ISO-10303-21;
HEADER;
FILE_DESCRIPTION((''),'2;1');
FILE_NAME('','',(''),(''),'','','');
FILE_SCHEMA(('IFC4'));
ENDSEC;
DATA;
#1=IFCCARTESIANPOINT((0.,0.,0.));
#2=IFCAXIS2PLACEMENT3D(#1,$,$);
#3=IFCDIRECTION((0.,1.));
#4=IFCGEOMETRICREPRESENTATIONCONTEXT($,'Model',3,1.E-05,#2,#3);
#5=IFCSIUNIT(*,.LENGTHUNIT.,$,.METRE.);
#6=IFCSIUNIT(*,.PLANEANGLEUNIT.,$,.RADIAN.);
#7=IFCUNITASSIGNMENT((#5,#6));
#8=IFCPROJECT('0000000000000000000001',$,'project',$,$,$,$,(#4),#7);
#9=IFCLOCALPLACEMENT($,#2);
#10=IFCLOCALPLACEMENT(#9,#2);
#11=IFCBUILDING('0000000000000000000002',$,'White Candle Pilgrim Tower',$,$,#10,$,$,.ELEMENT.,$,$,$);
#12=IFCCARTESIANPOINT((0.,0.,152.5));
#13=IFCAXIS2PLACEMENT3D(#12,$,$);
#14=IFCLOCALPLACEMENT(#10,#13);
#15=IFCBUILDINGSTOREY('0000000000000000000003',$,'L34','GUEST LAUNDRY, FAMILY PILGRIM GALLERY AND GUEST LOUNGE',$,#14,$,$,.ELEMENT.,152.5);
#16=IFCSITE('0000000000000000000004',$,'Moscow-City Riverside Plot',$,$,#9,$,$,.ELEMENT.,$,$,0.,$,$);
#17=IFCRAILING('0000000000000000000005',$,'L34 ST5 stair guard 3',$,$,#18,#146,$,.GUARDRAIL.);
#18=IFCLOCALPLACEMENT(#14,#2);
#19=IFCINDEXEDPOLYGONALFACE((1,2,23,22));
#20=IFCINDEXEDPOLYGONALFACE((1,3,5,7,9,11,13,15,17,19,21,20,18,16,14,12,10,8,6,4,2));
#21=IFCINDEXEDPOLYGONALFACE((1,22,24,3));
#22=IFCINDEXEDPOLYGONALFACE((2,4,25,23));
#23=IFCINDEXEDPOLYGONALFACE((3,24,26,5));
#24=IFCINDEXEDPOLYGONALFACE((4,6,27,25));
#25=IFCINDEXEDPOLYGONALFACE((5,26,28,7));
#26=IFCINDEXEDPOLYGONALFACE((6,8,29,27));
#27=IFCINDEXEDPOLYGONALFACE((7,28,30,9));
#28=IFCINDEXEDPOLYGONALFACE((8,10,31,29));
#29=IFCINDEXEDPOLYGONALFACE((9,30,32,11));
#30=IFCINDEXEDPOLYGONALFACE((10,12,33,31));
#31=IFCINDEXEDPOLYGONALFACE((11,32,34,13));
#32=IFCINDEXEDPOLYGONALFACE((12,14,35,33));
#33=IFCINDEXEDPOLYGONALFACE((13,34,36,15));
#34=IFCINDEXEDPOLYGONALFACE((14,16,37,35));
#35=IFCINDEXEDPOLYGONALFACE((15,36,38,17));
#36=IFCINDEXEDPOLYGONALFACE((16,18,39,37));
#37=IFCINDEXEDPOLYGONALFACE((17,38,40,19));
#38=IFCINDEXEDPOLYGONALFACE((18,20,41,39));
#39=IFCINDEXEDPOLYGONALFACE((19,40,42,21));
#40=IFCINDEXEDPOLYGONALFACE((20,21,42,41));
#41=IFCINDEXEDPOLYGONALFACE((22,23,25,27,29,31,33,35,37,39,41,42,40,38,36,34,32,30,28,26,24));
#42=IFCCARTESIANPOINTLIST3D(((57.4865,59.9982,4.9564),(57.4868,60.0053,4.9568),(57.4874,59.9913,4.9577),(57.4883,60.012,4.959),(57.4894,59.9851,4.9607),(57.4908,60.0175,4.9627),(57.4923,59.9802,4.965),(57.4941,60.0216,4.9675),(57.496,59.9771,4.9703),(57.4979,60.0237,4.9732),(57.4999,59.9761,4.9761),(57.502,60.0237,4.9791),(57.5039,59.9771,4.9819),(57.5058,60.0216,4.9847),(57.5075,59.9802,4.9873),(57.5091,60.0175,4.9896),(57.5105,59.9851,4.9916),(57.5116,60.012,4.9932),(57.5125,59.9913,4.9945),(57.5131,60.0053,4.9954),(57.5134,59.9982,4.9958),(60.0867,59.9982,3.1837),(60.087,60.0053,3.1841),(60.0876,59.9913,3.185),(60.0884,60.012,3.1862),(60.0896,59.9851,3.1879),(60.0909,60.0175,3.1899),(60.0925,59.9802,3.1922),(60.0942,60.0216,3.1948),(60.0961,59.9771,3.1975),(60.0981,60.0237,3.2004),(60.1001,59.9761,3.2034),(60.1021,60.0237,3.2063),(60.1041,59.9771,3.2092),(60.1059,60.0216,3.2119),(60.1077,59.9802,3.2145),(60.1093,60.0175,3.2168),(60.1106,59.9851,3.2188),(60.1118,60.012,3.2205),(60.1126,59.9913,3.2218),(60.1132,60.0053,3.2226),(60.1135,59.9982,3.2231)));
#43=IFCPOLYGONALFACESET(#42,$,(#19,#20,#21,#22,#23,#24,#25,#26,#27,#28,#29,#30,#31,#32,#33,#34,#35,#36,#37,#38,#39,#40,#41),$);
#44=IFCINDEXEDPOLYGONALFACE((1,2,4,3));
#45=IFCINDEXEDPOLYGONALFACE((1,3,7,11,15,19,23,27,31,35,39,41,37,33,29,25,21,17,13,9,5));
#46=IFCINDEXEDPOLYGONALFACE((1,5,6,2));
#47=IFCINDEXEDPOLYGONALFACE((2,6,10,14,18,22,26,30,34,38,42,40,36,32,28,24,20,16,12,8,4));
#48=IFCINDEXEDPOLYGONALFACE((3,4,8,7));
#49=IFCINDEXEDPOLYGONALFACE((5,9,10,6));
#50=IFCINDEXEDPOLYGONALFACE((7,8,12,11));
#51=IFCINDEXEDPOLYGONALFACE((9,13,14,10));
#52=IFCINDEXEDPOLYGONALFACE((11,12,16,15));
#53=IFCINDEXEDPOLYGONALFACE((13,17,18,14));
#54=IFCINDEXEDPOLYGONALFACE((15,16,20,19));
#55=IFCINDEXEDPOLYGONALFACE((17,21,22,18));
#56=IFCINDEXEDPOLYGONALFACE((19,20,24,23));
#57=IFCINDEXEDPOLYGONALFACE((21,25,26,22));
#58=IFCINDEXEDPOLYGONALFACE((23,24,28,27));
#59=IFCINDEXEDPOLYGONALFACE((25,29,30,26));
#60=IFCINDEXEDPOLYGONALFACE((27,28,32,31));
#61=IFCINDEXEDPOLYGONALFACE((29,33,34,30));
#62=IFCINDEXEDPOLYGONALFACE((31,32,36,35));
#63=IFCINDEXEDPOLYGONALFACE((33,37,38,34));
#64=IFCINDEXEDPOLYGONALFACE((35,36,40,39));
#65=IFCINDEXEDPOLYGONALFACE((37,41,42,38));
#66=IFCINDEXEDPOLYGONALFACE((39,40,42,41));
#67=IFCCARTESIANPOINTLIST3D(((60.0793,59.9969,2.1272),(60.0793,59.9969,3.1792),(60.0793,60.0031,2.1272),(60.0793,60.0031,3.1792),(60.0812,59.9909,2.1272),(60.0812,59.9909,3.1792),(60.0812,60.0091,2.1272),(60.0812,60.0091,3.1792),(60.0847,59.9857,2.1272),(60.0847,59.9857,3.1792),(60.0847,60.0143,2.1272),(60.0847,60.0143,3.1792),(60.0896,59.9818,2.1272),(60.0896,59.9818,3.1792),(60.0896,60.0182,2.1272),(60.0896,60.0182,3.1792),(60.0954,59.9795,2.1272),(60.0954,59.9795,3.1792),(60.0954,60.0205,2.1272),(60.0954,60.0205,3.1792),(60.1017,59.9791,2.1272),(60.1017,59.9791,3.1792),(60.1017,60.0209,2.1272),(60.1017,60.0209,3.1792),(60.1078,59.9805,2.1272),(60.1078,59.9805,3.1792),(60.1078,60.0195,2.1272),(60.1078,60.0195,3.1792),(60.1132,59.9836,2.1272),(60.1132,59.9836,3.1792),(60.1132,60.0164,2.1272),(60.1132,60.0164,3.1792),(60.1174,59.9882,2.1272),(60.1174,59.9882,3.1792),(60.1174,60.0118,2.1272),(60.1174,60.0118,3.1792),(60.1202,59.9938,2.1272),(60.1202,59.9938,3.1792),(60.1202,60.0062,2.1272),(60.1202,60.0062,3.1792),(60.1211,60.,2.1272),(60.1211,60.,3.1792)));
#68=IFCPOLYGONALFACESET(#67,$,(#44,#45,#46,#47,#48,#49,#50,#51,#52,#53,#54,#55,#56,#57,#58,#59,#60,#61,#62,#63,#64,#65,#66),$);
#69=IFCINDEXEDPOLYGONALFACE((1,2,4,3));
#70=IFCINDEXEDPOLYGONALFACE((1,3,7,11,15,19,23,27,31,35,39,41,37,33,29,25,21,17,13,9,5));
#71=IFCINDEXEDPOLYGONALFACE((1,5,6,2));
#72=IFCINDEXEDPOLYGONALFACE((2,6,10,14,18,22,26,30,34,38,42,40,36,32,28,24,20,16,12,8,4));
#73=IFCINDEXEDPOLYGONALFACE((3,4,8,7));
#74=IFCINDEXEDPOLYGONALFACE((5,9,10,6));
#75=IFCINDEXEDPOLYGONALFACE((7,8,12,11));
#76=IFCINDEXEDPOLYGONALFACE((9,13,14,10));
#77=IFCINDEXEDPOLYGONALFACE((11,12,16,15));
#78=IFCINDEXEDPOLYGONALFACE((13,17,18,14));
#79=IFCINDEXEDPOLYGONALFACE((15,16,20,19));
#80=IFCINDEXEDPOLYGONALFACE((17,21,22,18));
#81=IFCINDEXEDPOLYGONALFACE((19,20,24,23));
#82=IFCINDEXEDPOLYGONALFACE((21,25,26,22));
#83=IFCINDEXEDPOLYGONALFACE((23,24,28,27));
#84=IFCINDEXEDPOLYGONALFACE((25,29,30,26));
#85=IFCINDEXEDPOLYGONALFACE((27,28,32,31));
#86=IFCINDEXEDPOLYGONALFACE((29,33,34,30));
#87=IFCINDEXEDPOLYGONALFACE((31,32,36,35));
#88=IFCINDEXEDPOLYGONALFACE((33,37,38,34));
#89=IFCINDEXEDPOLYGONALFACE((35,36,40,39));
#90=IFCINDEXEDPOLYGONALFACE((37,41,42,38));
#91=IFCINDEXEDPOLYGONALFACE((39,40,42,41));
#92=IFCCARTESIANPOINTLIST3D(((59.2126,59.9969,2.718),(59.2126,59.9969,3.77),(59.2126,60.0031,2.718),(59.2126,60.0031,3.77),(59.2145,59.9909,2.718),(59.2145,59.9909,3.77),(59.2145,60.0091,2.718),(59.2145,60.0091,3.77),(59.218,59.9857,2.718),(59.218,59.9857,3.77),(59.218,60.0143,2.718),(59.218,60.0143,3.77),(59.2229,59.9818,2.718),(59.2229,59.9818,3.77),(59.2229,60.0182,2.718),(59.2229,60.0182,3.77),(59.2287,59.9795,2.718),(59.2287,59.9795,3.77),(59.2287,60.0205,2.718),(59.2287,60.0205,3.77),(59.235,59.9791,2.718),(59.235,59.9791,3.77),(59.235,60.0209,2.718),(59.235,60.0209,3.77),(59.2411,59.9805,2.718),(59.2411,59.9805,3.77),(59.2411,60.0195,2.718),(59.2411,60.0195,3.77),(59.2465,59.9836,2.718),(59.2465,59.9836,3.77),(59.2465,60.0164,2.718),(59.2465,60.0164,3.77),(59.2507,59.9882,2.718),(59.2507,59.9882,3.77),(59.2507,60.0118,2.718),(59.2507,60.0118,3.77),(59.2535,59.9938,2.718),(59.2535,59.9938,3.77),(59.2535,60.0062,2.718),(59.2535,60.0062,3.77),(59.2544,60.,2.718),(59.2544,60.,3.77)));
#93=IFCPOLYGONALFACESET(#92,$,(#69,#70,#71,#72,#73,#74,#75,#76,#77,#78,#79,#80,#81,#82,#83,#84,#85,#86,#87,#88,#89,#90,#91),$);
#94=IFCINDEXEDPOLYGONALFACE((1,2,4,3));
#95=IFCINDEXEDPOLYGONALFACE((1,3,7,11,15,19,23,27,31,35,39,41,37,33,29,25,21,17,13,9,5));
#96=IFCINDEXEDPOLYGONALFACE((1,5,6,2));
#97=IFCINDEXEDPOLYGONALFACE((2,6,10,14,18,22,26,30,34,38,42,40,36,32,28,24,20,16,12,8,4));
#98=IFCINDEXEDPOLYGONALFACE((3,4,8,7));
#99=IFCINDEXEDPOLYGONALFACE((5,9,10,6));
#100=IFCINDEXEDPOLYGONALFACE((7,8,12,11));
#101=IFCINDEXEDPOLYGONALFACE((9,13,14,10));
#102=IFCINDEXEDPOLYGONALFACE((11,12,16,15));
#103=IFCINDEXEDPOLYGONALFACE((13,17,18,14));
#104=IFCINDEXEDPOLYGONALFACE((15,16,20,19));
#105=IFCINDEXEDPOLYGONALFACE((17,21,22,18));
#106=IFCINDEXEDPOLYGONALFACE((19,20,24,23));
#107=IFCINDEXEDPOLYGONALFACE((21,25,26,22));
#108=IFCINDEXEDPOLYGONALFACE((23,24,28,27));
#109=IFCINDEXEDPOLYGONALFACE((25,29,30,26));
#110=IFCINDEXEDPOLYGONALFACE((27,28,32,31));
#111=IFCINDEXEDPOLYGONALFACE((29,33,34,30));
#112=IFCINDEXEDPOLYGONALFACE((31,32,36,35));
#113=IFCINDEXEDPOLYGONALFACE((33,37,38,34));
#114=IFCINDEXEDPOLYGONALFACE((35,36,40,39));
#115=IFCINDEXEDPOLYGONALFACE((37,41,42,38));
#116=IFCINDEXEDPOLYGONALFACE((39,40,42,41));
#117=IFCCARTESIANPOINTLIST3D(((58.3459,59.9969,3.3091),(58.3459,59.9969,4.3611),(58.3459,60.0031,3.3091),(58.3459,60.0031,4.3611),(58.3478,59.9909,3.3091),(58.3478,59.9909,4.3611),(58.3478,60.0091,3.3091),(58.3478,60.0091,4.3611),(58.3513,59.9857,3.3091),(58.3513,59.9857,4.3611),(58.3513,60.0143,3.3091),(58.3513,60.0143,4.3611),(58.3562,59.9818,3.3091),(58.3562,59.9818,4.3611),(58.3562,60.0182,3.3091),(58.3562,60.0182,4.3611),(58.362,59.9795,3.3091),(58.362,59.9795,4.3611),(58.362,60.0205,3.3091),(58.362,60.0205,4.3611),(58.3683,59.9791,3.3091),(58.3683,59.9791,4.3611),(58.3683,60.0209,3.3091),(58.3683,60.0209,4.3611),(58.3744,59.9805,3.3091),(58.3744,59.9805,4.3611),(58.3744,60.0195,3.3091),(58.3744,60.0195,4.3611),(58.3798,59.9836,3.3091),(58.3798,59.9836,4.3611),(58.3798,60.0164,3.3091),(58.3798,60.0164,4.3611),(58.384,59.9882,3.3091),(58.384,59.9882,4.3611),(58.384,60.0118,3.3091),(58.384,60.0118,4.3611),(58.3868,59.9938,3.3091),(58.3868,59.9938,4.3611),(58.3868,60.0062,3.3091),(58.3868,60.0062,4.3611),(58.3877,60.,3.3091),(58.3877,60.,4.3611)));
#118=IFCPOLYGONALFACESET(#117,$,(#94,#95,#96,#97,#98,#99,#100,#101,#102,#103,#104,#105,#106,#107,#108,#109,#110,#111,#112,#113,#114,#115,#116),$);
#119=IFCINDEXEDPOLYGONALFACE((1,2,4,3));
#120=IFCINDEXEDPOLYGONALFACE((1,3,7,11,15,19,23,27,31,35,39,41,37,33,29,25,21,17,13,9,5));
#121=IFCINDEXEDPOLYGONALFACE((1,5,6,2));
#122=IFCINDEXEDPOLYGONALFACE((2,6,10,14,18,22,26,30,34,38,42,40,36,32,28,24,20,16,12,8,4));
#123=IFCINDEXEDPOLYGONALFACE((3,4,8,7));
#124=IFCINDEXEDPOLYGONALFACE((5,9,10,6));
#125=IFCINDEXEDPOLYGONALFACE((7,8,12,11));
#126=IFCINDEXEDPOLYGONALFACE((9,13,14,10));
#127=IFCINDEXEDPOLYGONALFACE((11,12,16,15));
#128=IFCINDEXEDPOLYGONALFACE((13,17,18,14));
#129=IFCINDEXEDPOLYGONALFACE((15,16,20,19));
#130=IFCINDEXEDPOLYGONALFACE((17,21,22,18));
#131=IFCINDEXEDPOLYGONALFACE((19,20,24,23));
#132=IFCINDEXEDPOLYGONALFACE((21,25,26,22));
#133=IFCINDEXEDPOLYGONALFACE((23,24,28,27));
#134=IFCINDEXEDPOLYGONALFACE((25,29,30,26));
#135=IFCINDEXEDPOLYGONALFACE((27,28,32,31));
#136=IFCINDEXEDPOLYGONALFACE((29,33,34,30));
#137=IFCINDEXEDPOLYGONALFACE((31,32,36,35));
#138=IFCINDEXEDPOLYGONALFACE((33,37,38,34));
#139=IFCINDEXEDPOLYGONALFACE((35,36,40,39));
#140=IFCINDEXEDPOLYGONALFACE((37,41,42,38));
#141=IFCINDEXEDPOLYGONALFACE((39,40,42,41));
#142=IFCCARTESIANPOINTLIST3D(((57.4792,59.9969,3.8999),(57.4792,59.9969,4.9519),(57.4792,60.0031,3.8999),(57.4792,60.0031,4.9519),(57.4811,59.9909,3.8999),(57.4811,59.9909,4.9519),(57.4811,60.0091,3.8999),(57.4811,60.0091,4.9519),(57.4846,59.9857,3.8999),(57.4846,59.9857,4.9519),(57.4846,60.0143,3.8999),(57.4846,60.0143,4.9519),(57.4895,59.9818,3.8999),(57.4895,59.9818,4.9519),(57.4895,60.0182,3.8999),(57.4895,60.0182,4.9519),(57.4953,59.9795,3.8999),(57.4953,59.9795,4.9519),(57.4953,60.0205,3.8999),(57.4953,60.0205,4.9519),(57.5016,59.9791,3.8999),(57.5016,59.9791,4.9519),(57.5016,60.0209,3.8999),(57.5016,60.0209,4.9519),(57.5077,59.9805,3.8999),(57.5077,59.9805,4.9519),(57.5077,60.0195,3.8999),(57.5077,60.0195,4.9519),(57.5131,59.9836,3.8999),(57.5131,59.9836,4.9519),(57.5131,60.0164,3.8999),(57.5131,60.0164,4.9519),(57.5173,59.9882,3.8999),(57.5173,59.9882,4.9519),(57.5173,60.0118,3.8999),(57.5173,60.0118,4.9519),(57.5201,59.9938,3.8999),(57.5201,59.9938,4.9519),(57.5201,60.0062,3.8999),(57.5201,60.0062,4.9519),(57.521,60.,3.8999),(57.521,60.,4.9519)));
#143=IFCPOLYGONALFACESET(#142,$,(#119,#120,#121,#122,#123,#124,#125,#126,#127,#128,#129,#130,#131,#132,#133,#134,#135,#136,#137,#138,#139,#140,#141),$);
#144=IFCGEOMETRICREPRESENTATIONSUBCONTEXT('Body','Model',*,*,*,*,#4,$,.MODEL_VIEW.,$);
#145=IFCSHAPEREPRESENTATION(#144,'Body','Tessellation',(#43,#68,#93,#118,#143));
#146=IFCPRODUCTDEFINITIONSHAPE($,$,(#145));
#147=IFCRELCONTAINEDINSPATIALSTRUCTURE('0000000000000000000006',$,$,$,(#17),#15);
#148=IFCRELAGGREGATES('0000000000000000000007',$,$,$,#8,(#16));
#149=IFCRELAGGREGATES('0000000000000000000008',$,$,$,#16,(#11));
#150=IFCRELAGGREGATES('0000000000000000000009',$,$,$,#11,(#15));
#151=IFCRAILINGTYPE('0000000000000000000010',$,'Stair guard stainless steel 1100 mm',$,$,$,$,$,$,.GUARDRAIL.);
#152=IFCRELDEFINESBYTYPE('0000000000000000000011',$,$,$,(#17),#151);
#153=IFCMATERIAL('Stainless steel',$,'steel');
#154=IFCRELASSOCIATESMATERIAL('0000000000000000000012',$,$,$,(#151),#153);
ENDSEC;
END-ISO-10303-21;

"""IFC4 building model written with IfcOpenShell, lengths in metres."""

from ifc_helpers import new_model, si_unit, direction, frame, origin, origin_2d, place, context, subcontext, project, spatial, circle, extrude, material, type_object, element, save


model = new_model("IFC4")

# Units and contexts
model_context = context("Model", 3, precision=1e-05, world=origin(), true_north=direction((0.0, 1.0)))
body_context = subcontext(model_context, "Body", "Model", "MODEL_VIEW")
ifc_project = project(units=[si_unit("LENGTHUNIT", "METRE"), si_unit("PLANEANGLEUNIT", "RADIAN")], contexts=[model_context])

# Site, building, storey
site_placement = place(None, origin())
site = spatial("IfcSite", under=ifc_project, at=site_placement, Name="Moscow-City Riverside Plot", CompositionType="ELEMENT", RefElevation=0.0)
building_placement = place(site_placement, origin())
building = spatial("IfcBuilding", under=site, at=building_placement, Name="White Candle Pilgrim Tower", CompositionType="ELEMENT")
storey_placement = place(building_placement, frame((0.0, 0.0, 152.5)))
storey = spatial("IfcBuildingStorey", under=building, at=storey_placement, Name="L34", Description="GUEST LAUNDRY, FAMILY PILGRIM GALLERY AND GUEST LOUNGE", CompositionType="ELEMENT", Elevation=152.5)

# Railing
ifc_material_1 = material(Name="Stainless steel", Category="steel")
railing_type_1 = type_object("IfcRailingType", Name="Stair guard stainless steel 1100 mm", PredefinedType="GUARDRAIL", material=ifc_material_1)
railing_1_placement = place(storey_placement, frame((60.1001, 60.0, 2.1272)))
element("IfcRailing", 1, at=railing_1_placement, inside=storey, type_object=railing_type_1, Name="L34 ST5 stair guard 3", PredefinedType="GUARDRAIL", context=body_context, shape_type="SweptSolid", body=[
    extrude(circle(Radius=0.0239, at=origin_2d()), frame((0.0, 0.0, 1.0762), z_axis=(-0.82624, 0.0, 0.563318), x_axis=(0.0, -1.0, 0.0)), (0.0, 0.0, 1.0), 3.147),
    extrude(circle(Radius=0.021, at=origin_2d()), origin(), (0.0, 0.0, 1.0), 1.052),
    extrude(circle(Radius=0.021, at=origin_2d()), frame((-0.8667, 0.0, 0.5908)), (0.0, 0.0, 1.0), 1.052),
    extrude(circle(Radius=0.021, at=origin_2d()), frame((-1.7334, 0.0, 1.1819)), (0.0, 0.0, 1.0), 1.052),
    extrude(circle(Radius=0.021, at=origin_2d()), frame((-2.6001, 0.0, 1.7727)), (0.0, 0.0, 1.0), 1.052),
])

save(model, "model.ifc")
